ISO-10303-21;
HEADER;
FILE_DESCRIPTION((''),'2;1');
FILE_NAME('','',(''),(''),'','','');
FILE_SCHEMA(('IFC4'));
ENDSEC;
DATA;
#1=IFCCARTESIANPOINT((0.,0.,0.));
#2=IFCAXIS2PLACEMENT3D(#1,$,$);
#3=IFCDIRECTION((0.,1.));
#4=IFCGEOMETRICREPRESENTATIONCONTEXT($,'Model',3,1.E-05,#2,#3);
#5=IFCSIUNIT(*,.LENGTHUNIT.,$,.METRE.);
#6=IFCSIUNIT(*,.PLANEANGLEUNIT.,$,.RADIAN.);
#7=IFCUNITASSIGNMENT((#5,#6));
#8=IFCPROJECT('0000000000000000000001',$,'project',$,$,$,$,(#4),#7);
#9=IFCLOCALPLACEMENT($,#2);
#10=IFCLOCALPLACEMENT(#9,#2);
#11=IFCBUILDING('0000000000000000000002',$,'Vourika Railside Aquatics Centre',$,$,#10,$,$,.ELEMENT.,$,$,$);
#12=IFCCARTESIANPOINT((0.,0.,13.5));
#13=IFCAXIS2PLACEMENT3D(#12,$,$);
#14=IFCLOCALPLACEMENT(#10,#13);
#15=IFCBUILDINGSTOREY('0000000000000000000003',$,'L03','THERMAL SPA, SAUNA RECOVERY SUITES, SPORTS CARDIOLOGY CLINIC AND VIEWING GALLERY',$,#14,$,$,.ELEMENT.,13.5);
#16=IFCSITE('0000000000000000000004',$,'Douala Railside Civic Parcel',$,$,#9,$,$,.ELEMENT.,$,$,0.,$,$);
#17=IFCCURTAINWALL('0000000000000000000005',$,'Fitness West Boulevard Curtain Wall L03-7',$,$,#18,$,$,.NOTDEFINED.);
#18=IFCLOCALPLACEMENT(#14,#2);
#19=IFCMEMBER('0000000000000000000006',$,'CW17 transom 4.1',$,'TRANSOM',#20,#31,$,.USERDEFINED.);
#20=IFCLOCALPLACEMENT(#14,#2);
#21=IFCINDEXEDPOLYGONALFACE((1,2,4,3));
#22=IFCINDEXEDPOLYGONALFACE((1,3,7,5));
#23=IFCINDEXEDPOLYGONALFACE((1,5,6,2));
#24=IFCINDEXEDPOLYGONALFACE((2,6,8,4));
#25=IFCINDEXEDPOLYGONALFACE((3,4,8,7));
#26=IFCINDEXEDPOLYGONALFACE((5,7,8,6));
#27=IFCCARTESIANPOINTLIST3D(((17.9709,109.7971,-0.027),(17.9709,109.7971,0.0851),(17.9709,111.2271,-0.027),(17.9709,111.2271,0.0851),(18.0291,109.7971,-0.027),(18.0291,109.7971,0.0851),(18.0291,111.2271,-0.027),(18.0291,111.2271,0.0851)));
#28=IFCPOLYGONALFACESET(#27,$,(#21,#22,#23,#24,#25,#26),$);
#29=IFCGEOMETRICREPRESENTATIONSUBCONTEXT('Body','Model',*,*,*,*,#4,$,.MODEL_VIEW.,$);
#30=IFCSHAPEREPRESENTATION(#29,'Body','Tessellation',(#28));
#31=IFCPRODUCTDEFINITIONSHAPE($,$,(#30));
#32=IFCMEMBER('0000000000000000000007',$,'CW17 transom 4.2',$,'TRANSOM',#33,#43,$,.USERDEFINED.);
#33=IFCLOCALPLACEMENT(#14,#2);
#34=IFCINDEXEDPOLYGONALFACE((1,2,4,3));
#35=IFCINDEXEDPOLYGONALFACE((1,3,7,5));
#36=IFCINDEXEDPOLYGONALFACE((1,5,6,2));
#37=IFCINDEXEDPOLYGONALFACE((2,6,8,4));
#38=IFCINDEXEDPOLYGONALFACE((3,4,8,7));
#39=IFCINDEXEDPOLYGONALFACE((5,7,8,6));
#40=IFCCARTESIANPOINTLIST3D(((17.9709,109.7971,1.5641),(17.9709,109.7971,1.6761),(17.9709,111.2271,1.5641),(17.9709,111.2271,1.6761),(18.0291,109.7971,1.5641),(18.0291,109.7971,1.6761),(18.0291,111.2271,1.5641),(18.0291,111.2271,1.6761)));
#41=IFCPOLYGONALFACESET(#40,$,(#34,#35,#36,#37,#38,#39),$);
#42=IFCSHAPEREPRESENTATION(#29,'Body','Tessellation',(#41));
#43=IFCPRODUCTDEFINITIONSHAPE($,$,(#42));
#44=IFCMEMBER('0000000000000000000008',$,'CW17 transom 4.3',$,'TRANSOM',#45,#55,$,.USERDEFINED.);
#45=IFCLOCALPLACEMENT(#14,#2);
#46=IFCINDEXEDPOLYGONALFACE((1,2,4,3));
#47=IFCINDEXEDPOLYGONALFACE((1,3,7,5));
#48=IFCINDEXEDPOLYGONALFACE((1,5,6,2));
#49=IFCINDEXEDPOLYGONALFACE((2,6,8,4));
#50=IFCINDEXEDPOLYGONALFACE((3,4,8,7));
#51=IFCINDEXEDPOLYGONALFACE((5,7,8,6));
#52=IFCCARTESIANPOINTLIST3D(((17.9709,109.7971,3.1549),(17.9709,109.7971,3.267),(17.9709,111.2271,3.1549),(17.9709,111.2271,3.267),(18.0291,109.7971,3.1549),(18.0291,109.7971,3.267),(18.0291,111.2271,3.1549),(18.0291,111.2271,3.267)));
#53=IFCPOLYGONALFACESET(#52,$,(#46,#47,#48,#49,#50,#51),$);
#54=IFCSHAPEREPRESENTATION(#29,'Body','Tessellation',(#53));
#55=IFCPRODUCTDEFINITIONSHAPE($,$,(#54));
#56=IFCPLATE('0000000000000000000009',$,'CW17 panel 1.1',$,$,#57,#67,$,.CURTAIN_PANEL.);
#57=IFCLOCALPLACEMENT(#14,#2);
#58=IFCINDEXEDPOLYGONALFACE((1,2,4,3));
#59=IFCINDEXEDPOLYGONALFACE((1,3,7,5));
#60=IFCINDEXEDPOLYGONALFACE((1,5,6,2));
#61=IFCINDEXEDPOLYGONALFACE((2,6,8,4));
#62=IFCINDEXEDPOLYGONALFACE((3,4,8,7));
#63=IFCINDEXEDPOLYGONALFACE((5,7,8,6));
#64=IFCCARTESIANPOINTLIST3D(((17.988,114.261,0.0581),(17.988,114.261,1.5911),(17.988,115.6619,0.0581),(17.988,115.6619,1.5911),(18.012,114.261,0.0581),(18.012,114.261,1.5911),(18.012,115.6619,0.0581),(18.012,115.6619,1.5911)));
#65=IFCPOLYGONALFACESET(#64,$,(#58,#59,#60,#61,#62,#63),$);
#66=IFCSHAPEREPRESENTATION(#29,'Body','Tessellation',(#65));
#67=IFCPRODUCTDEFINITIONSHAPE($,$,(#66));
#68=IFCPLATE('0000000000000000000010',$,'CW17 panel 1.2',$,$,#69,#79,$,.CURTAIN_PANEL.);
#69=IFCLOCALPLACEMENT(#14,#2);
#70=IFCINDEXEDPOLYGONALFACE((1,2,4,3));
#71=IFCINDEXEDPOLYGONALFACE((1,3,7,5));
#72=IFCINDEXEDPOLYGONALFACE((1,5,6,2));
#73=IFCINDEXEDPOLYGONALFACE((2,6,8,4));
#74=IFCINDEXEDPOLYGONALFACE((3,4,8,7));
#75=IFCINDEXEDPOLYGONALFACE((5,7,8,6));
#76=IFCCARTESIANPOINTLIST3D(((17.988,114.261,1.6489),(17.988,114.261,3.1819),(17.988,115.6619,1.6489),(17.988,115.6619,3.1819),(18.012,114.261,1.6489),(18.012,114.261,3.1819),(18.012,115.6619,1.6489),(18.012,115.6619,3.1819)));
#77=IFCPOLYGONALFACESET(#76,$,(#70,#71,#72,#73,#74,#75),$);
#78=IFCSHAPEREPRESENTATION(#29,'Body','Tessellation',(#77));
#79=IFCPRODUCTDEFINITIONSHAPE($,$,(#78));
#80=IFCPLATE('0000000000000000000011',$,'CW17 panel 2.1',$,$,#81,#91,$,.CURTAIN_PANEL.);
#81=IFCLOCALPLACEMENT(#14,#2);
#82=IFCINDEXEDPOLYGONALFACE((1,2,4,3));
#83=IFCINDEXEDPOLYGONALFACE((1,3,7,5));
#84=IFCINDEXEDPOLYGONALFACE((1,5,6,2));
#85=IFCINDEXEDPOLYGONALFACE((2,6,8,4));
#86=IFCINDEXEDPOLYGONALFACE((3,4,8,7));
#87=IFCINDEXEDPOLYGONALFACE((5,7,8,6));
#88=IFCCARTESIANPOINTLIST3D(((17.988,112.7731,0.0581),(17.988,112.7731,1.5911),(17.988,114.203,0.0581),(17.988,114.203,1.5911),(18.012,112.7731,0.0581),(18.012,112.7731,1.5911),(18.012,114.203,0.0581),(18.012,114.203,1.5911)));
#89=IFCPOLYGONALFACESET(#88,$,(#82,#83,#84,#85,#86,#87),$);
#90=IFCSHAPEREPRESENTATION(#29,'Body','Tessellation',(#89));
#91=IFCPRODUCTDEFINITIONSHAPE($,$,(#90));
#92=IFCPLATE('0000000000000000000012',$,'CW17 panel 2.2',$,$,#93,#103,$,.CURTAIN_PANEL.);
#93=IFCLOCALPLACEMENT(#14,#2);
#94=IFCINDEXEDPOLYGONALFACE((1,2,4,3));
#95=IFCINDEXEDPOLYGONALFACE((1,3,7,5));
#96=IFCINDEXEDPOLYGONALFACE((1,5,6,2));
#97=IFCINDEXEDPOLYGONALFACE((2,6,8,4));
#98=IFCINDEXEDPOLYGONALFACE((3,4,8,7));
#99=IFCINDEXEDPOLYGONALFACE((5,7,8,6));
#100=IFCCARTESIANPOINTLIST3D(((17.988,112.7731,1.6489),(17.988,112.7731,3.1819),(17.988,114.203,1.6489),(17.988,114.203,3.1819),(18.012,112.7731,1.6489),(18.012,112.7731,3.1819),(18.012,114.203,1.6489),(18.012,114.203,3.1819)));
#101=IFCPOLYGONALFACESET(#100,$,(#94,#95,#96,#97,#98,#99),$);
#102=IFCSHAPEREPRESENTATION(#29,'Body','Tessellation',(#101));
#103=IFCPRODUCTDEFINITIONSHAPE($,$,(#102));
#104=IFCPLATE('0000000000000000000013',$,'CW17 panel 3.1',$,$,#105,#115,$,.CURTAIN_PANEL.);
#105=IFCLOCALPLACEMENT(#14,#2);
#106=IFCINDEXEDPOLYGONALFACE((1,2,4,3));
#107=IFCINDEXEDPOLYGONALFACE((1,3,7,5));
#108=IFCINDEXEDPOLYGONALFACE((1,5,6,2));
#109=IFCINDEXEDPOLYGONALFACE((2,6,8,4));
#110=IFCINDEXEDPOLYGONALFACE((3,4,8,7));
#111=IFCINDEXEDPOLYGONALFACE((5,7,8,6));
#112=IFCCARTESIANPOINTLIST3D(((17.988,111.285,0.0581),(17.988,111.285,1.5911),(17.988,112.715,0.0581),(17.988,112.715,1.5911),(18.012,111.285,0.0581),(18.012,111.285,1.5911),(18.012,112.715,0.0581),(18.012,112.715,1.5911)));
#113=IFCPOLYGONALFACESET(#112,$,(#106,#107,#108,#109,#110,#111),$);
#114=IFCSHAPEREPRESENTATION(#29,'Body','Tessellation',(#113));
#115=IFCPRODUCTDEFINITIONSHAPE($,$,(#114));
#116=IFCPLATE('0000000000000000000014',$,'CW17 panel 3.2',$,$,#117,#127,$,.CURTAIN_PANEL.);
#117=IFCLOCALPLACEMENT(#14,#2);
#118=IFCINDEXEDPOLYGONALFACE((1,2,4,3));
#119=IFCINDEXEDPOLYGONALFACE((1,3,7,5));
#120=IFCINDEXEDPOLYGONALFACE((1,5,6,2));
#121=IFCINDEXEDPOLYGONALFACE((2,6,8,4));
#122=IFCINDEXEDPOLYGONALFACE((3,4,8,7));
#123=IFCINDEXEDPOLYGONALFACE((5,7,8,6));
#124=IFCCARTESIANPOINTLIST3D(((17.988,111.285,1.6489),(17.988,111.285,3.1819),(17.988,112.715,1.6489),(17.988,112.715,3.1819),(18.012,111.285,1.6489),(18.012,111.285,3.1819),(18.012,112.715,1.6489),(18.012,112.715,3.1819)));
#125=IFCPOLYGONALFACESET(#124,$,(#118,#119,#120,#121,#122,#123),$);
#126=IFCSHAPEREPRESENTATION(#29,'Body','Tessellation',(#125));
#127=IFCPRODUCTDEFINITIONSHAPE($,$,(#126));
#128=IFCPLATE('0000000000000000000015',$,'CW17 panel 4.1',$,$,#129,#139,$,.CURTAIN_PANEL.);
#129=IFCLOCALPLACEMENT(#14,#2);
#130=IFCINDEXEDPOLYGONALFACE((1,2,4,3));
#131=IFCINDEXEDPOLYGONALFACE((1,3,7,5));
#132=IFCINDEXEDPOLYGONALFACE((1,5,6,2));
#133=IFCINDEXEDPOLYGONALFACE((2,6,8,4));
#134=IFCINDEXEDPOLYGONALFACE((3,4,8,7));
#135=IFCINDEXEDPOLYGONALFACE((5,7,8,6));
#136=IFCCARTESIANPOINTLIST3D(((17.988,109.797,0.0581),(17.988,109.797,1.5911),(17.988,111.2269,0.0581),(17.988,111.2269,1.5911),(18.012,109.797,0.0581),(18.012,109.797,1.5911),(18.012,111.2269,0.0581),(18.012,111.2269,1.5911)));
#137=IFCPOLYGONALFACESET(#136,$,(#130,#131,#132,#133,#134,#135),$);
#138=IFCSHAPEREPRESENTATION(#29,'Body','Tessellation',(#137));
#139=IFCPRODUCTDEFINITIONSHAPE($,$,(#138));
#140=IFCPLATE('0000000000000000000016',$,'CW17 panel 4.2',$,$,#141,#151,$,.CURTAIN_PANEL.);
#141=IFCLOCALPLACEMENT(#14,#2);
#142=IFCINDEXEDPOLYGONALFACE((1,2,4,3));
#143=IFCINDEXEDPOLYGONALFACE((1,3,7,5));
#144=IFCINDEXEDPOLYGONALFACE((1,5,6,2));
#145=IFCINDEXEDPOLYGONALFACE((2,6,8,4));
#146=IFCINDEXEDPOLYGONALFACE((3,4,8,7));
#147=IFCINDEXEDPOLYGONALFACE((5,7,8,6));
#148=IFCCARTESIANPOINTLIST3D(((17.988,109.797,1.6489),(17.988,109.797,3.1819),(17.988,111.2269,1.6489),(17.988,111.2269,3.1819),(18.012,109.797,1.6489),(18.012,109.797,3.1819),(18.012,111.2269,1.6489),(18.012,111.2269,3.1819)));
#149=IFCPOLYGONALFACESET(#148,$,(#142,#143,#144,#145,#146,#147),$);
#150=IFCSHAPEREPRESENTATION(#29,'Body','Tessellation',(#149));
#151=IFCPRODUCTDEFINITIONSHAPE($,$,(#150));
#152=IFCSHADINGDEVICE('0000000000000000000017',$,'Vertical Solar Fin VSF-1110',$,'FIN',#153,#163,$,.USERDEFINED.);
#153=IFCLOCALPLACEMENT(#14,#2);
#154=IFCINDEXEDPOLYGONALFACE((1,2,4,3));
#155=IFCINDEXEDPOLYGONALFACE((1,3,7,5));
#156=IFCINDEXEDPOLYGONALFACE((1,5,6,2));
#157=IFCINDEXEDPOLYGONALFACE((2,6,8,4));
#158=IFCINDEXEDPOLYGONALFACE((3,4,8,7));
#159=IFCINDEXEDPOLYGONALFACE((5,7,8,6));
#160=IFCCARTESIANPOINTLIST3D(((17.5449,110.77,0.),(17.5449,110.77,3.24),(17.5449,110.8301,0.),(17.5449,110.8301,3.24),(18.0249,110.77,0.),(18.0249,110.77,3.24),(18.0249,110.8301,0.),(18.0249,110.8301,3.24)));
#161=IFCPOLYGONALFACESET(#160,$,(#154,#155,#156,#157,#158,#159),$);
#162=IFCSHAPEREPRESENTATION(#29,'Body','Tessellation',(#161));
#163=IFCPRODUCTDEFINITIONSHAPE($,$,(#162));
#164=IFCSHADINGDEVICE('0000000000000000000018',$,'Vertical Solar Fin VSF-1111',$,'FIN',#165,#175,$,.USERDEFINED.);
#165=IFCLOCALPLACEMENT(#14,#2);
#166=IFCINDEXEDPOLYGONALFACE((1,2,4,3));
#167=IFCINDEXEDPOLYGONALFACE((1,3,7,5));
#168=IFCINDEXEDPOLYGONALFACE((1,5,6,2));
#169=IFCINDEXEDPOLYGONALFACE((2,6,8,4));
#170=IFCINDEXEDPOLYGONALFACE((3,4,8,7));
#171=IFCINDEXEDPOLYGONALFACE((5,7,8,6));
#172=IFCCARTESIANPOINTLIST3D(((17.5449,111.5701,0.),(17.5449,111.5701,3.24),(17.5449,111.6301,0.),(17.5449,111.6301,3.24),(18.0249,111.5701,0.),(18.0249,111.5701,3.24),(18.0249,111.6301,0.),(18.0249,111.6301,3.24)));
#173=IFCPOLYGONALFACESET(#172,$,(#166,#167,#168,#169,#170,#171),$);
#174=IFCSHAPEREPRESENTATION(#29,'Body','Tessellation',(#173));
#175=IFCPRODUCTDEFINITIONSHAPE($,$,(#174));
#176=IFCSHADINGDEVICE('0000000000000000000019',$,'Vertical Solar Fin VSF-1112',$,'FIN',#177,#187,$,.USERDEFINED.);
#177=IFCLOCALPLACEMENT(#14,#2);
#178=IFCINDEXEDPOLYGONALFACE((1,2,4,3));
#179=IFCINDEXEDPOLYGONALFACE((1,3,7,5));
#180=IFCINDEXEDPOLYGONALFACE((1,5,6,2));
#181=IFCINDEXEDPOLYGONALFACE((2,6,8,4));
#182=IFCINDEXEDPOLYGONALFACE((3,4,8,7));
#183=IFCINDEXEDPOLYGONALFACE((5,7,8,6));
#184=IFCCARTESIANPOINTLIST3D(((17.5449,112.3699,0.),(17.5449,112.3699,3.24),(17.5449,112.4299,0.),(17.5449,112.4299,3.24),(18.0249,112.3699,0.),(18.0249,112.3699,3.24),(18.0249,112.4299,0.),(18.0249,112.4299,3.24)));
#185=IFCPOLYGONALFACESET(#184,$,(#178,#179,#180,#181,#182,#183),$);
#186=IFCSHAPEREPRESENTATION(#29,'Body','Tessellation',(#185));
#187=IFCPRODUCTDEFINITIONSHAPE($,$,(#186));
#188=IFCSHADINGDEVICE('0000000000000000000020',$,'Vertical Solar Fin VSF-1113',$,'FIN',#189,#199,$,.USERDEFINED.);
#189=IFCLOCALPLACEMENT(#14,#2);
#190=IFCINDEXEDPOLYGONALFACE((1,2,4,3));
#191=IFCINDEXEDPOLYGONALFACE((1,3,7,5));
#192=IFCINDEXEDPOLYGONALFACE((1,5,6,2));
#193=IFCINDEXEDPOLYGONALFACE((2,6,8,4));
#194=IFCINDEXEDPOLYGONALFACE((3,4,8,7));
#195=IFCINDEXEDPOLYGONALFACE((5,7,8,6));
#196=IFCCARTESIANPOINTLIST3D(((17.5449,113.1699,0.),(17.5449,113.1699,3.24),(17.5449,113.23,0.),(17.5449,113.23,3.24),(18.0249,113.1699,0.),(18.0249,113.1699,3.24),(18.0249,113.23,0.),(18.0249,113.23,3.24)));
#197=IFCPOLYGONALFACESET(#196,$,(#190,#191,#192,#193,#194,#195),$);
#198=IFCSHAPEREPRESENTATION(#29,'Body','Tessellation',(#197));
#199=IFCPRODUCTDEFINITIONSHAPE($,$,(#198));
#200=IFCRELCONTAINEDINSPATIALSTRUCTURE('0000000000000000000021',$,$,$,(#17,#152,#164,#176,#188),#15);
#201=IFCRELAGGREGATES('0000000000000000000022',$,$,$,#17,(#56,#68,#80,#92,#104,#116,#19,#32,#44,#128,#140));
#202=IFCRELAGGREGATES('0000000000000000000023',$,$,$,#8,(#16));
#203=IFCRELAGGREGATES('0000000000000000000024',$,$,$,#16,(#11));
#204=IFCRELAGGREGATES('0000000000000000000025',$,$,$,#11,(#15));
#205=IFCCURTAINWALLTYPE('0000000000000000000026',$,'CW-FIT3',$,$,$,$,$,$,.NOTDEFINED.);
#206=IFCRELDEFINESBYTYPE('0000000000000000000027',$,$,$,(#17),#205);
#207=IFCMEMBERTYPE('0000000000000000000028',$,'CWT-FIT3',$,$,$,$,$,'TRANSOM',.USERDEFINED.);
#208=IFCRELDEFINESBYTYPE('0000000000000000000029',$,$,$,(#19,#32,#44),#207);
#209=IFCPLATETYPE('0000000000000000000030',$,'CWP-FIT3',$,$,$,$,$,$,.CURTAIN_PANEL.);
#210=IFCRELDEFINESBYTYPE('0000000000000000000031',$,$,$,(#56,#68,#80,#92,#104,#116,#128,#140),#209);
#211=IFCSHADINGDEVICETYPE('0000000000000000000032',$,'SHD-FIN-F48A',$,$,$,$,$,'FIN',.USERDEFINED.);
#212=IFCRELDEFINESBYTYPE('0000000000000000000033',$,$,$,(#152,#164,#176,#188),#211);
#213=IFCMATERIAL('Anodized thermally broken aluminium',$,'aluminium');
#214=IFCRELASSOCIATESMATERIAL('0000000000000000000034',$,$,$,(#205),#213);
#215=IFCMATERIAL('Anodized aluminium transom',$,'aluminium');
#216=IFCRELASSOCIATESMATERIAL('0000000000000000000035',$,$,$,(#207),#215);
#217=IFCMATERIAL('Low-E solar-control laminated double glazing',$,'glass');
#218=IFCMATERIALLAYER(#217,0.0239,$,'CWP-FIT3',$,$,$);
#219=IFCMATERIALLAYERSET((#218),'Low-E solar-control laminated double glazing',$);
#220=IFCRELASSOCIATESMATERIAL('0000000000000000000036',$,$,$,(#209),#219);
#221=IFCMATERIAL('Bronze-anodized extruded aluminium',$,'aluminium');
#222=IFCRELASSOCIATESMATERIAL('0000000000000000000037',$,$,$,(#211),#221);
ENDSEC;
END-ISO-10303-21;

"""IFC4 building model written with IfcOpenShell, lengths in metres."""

from ifc_helpers import new_model, si_unit, direction, frame, origin, origin_2d, place, context, subcontext, project, spatial, rectangle, extrude, material, layer, layer_set, material_profile, profile_set, type_object, element, aggregate, save


model = new_model("IFC4")

# Units and contexts
model_context = context("Model", 3, precision=1e-05, world=origin(), true_north=direction((0.0, 1.0)))
body_context = subcontext(model_context, "Body", "Model", "MODEL_VIEW")
ifc_project = project(units=[si_unit("LENGTHUNIT", "METRE"), si_unit("PLANEANGLEUNIT", "RADIAN")], contexts=[model_context])

# Site, building, storey
site_placement = place(None, origin())
site = spatial("IfcSite", under=ifc_project, at=site_placement, Name="Douala Railside Civic Parcel", CompositionType="ELEMENT", RefElevation=0.0)
building_placement = place(site_placement, origin())
building = spatial("IfcBuilding", under=site, at=building_placement, Name="Vourika Railside Aquatics Centre", CompositionType="ELEMENT")
storey_placement = place(building_placement, frame((0.0, 0.0, 13.5)))
storey = spatial("IfcBuildingStorey", under=building, at=storey_placement, Name="L03", Description="THERMAL SPA, SAUNA RECOVERY SUITES, SPORTS CARDIOLOGY CLINIC AND VIEWING GALLERY", CompositionType="ELEMENT", Elevation=13.5)

# Curtain wall, members, plates
ifc_material_1 = material(Name="Anodized thermally broken aluminium", Category="aluminium")
curtain_wall_type = type_object("IfcCurtainWallType", Name="CW-FIT3", PredefinedType="NOTDEFINED", material=ifc_material_1)
curtain_wall_placement = place(storey_placement, origin())
curtain_wall = element("IfcCurtainWall", 1, at=curtain_wall_placement, inside=storey, type_object=curtain_wall_type, Name="Fitness West Boulevard Curtain Wall L03-7", PredefinedType="NOTDEFINED")
ifc_material_2 = material(Name="Anodized aluminium transom", Category="aluminium")
ifc_material_profile_1 = material_profile(ifc_material_2, rectangle(XDim=0.0581, YDim=0.1121, at=origin_2d()), Name="ALU-T 58x112")
ifc_profile_set_1 = profile_set([ifc_material_profile_1], Name="Anodized aluminium transom")
member_type_1 = type_object("IfcMemberType", Name="CWT-FIT3", ElementType="TRANSOM", PredefinedType="USERDEFINED", material=ifc_profile_set_1)
member_1_placement = place(storey_placement, frame((18.0, 111.2271, 0.0291), z_axis=(0.0, -1.0, 0.0), x_axis=(1.0, 0.0, 0.0)))
member_1 = element("IfcMember", 2, at=member_1_placement, type_object=member_type_1, Name="CW17 transom 4.1", ObjectType="TRANSOM", PredefinedType="USERDEFINED", context=body_context, shape_type="SweptSolid", body=[
    extrude(rectangle(XDim=0.0581, YDim=0.1121, at=origin_2d()), origin(), (0.0, 0.0, 1.0), 1.4299),
])
member_2_placement = place(storey_placement, frame((18.0, 111.2271, 1.6201), z_axis=(0.0, -1.0, 0.0), x_axis=(1.0, 0.0, 0.0)))
member_2 = element("IfcMember", 3, at=member_2_placement, type_object=member_type_1, Name="CW17 transom 4.2", ObjectType="TRANSOM", PredefinedType="USERDEFINED", context=body_context, shape_type="SweptSolid", body=[
    extrude(rectangle(XDim=0.0581, YDim=0.1121, at=origin_2d()), origin(), (0.0, 0.0, 1.0), 1.4299),
])
member_3_placement = place(storey_placement, frame((18.0, 111.2271, 3.2109), z_axis=(0.0, -1.0, 0.0), x_axis=(1.0, 0.0, 0.0)))
member_3 = element("IfcMember", 4, at=member_3_placement, type_object=member_type_1, Name="CW17 transom 4.3", ObjectType="TRANSOM", PredefinedType="USERDEFINED", context=body_context, shape_type="SweptSolid", body=[
    extrude(rectangle(XDim=0.0581, YDim=0.1121, at=origin_2d()), origin(), (0.0, 0.0, 1.0), 1.4299),
])
ifc_material_3 = material(Name="Low-E solar-control laminated double glazing", Category="glass")
ifc_layer = layer(ifc_material_3, 0.0239, Name="CWP-FIT3")
ifc_layer_set = layer_set([ifc_layer], Name="Low-E solar-control laminated double glazing")
plate_type = type_object("IfcPlateType", Name="CWP-FIT3", PredefinedType="CURTAIN_PANEL", material=ifc_layer_set)
plate_1_placement = place(storey_placement, frame((18.0, 114.9614, 0.0581), z_axis=(0.0, 0.0, 1.0), x_axis=(0.0, -1.0, 0.0)))
plate_1 = element("IfcPlate", 5, at=plate_1_placement, type_object=plate_type, Name="CW17 panel 1.1", PredefinedType="CURTAIN_PANEL", context=body_context, shape_type="SweptSolid", body=[
    extrude(rectangle(XDim=1.4009, YDim=0.0239, at=origin_2d()), origin(), (0.0, 0.0, 1.0), 1.533),
])
plate_2_placement = place(storey_placement, frame((18.0, 114.9614, 1.6489), z_axis=(0.0, 0.0, 1.0), x_axis=(0.0, -1.0, 0.0)))
plate_2 = element("IfcPlate", 6, at=plate_2_placement, type_object=plate_type, Name="CW17 panel 1.2", PredefinedType="CURTAIN_PANEL", context=body_context, shape_type="SweptSolid", body=[
    extrude(rectangle(XDim=1.4009, YDim=0.0239, at=origin_2d()), origin(), (0.0, 0.0, 1.0), 1.533),
])
plate_3_placement = place(storey_placement, frame((18.0, 113.488, 0.0581), z_axis=(0.0, 0.0, 1.0), x_axis=(0.0, -1.0, 0.0)))
plate_3 = element("IfcPlate", 7, at=plate_3_placement, type_object=plate_type, Name="CW17 panel 2.1", PredefinedType="CURTAIN_PANEL", context=body_context, shape_type="SweptSolid", body=[
    extrude(rectangle(XDim=1.4299, YDim=0.0239, at=origin_2d()), origin(), (0.0, 0.0, 1.0), 1.533),
])
plate_4_placement = place(storey_placement, frame((18.0, 113.488, 1.6489), z_axis=(0.0, 0.0, 1.0), x_axis=(0.0, -1.0, 0.0)))
plate_4 = element("IfcPlate", 8, at=plate_4_placement, type_object=plate_type, Name="CW17 panel 2.2", PredefinedType="CURTAIN_PANEL", context=body_context, shape_type="SweptSolid", body=[
    extrude(rectangle(XDim=1.4299, YDim=0.0239, at=origin_2d()), origin(), (0.0, 0.0, 1.0), 1.533),
])
plate_5_placement = place(storey_placement, frame((18.0, 112.0, 0.0581), z_axis=(0.0, 0.0, 1.0), x_axis=(0.0, -1.0, 0.0)))
plate_5 = element("IfcPlate", 9, at=plate_5_placement, type_object=plate_type, Name="CW17 panel 3.1", PredefinedType="CURTAIN_PANEL", context=body_context, shape_type="SweptSolid", body=[
    extrude(rectangle(XDim=1.4299, YDim=0.0239, at=origin_2d()), origin(), (0.0, 0.0, 1.0), 1.533),
])
plate_6_placement = place(storey_placement, frame((18.0, 112.0, 1.6489), z_axis=(0.0, 0.0, 1.0), x_axis=(0.0, -1.0, 0.0)))
plate_6 = element("IfcPlate", 10, at=plate_6_placement, type_object=plate_type, Name="CW17 panel 3.2", PredefinedType="CURTAIN_PANEL", context=body_context, shape_type="SweptSolid", body=[
    extrude(rectangle(XDim=1.4299, YDim=0.0239, at=origin_2d()), origin(), (0.0, 0.0, 1.0), 1.533),
])
plate_7_placement = place(storey_placement, frame((18.0, 110.512, 0.0581), z_axis=(0.0, 0.0, 1.0), x_axis=(0.0, -1.0, 0.0)))
plate_7 = element("IfcPlate", 11, at=plate_7_placement, type_object=plate_type, Name="CW17 panel 4.1", PredefinedType="CURTAIN_PANEL", context=body_context, shape_type="SweptSolid", body=[
    extrude(rectangle(XDim=1.4299, YDim=0.0239, at=origin_2d()), origin(), (0.0, 0.0, 1.0), 1.533),
])
plate_8_placement = place(storey_placement, frame((18.0, 110.512, 1.6489), z_axis=(0.0, 0.0, 1.0), x_axis=(0.0, -1.0, 0.0)))
plate_8 = element("IfcPlate", 12, at=plate_8_placement, type_object=plate_type, Name="CW17 panel 4.2", PredefinedType="CURTAIN_PANEL", context=body_context, shape_type="SweptSolid", body=[
    extrude(rectangle(XDim=1.4299, YDim=0.0239, at=origin_2d()), origin(), (0.0, 0.0, 1.0), 1.533),
])
aggregate(curtain_wall, [plate_1, plate_2, plate_3, plate_4, plate_5, plate_6, member_1, member_2, member_3, plate_7, plate_8])

# Shading devices
ifc_material_4 = material(Name="Bronze-anodized extruded aluminium", Category="aluminium")
ifc_material_profile_2 = material_profile(ifc_material_4, rectangle(XDim=0.0601, YDim=0.48, at=origin_2d()), Name="ALU-FIN 60x480")
ifc_profile_set_2 = profile_set([ifc_material_profile_2], Name="Bronze-anodized extruded aluminium")
shading_device_type = type_object("IfcShadingDeviceType", Name="SHD-FIN-F48A", ElementType="FIN", PredefinedType="USERDEFINED", material=ifc_profile_set_2)
for number, where, z_axis, x_axis, name in (
    (13, (17.7849, 110.8, 0.0), (0.0, 0.0, 1.0), (0.0, 1.0, 0.0), "Vertical Solar Fin VSF-1110"),
    (14, (17.7849, 111.6001, 0.0), (0.0, 0.0, 1.0), (0.0, 1.0, 0.0), "Vertical Solar Fin VSF-1111"),
    (15, (17.7849, 112.3999, 0.0), (0.0, 0.0, 1.0), (0.0, 1.0, 0.0), "Vertical Solar Fin VSF-1112"),
    (16, (17.7849, 113.2, 0.0), (0.0, 0.0, 1.0), (0.0, 1.0, 0.0), "Vertical Solar Fin VSF-1113"),
):
    element("IfcShadingDevice", number, at=place(storey_placement, frame(where, z_axis=z_axis, x_axis=x_axis)), inside=storey, type_object=shading_device_type, Name=name, ObjectType="FIN", PredefinedType="USERDEFINED", context=body_context, shape_type="SweptSolid", body=[
        extrude(rectangle(XDim=0.0601, YDim=0.48, at=origin_2d()), origin(), (0.0, 0.0, 1.0), 3.24),
    ])

save(model, "model.ifc")
